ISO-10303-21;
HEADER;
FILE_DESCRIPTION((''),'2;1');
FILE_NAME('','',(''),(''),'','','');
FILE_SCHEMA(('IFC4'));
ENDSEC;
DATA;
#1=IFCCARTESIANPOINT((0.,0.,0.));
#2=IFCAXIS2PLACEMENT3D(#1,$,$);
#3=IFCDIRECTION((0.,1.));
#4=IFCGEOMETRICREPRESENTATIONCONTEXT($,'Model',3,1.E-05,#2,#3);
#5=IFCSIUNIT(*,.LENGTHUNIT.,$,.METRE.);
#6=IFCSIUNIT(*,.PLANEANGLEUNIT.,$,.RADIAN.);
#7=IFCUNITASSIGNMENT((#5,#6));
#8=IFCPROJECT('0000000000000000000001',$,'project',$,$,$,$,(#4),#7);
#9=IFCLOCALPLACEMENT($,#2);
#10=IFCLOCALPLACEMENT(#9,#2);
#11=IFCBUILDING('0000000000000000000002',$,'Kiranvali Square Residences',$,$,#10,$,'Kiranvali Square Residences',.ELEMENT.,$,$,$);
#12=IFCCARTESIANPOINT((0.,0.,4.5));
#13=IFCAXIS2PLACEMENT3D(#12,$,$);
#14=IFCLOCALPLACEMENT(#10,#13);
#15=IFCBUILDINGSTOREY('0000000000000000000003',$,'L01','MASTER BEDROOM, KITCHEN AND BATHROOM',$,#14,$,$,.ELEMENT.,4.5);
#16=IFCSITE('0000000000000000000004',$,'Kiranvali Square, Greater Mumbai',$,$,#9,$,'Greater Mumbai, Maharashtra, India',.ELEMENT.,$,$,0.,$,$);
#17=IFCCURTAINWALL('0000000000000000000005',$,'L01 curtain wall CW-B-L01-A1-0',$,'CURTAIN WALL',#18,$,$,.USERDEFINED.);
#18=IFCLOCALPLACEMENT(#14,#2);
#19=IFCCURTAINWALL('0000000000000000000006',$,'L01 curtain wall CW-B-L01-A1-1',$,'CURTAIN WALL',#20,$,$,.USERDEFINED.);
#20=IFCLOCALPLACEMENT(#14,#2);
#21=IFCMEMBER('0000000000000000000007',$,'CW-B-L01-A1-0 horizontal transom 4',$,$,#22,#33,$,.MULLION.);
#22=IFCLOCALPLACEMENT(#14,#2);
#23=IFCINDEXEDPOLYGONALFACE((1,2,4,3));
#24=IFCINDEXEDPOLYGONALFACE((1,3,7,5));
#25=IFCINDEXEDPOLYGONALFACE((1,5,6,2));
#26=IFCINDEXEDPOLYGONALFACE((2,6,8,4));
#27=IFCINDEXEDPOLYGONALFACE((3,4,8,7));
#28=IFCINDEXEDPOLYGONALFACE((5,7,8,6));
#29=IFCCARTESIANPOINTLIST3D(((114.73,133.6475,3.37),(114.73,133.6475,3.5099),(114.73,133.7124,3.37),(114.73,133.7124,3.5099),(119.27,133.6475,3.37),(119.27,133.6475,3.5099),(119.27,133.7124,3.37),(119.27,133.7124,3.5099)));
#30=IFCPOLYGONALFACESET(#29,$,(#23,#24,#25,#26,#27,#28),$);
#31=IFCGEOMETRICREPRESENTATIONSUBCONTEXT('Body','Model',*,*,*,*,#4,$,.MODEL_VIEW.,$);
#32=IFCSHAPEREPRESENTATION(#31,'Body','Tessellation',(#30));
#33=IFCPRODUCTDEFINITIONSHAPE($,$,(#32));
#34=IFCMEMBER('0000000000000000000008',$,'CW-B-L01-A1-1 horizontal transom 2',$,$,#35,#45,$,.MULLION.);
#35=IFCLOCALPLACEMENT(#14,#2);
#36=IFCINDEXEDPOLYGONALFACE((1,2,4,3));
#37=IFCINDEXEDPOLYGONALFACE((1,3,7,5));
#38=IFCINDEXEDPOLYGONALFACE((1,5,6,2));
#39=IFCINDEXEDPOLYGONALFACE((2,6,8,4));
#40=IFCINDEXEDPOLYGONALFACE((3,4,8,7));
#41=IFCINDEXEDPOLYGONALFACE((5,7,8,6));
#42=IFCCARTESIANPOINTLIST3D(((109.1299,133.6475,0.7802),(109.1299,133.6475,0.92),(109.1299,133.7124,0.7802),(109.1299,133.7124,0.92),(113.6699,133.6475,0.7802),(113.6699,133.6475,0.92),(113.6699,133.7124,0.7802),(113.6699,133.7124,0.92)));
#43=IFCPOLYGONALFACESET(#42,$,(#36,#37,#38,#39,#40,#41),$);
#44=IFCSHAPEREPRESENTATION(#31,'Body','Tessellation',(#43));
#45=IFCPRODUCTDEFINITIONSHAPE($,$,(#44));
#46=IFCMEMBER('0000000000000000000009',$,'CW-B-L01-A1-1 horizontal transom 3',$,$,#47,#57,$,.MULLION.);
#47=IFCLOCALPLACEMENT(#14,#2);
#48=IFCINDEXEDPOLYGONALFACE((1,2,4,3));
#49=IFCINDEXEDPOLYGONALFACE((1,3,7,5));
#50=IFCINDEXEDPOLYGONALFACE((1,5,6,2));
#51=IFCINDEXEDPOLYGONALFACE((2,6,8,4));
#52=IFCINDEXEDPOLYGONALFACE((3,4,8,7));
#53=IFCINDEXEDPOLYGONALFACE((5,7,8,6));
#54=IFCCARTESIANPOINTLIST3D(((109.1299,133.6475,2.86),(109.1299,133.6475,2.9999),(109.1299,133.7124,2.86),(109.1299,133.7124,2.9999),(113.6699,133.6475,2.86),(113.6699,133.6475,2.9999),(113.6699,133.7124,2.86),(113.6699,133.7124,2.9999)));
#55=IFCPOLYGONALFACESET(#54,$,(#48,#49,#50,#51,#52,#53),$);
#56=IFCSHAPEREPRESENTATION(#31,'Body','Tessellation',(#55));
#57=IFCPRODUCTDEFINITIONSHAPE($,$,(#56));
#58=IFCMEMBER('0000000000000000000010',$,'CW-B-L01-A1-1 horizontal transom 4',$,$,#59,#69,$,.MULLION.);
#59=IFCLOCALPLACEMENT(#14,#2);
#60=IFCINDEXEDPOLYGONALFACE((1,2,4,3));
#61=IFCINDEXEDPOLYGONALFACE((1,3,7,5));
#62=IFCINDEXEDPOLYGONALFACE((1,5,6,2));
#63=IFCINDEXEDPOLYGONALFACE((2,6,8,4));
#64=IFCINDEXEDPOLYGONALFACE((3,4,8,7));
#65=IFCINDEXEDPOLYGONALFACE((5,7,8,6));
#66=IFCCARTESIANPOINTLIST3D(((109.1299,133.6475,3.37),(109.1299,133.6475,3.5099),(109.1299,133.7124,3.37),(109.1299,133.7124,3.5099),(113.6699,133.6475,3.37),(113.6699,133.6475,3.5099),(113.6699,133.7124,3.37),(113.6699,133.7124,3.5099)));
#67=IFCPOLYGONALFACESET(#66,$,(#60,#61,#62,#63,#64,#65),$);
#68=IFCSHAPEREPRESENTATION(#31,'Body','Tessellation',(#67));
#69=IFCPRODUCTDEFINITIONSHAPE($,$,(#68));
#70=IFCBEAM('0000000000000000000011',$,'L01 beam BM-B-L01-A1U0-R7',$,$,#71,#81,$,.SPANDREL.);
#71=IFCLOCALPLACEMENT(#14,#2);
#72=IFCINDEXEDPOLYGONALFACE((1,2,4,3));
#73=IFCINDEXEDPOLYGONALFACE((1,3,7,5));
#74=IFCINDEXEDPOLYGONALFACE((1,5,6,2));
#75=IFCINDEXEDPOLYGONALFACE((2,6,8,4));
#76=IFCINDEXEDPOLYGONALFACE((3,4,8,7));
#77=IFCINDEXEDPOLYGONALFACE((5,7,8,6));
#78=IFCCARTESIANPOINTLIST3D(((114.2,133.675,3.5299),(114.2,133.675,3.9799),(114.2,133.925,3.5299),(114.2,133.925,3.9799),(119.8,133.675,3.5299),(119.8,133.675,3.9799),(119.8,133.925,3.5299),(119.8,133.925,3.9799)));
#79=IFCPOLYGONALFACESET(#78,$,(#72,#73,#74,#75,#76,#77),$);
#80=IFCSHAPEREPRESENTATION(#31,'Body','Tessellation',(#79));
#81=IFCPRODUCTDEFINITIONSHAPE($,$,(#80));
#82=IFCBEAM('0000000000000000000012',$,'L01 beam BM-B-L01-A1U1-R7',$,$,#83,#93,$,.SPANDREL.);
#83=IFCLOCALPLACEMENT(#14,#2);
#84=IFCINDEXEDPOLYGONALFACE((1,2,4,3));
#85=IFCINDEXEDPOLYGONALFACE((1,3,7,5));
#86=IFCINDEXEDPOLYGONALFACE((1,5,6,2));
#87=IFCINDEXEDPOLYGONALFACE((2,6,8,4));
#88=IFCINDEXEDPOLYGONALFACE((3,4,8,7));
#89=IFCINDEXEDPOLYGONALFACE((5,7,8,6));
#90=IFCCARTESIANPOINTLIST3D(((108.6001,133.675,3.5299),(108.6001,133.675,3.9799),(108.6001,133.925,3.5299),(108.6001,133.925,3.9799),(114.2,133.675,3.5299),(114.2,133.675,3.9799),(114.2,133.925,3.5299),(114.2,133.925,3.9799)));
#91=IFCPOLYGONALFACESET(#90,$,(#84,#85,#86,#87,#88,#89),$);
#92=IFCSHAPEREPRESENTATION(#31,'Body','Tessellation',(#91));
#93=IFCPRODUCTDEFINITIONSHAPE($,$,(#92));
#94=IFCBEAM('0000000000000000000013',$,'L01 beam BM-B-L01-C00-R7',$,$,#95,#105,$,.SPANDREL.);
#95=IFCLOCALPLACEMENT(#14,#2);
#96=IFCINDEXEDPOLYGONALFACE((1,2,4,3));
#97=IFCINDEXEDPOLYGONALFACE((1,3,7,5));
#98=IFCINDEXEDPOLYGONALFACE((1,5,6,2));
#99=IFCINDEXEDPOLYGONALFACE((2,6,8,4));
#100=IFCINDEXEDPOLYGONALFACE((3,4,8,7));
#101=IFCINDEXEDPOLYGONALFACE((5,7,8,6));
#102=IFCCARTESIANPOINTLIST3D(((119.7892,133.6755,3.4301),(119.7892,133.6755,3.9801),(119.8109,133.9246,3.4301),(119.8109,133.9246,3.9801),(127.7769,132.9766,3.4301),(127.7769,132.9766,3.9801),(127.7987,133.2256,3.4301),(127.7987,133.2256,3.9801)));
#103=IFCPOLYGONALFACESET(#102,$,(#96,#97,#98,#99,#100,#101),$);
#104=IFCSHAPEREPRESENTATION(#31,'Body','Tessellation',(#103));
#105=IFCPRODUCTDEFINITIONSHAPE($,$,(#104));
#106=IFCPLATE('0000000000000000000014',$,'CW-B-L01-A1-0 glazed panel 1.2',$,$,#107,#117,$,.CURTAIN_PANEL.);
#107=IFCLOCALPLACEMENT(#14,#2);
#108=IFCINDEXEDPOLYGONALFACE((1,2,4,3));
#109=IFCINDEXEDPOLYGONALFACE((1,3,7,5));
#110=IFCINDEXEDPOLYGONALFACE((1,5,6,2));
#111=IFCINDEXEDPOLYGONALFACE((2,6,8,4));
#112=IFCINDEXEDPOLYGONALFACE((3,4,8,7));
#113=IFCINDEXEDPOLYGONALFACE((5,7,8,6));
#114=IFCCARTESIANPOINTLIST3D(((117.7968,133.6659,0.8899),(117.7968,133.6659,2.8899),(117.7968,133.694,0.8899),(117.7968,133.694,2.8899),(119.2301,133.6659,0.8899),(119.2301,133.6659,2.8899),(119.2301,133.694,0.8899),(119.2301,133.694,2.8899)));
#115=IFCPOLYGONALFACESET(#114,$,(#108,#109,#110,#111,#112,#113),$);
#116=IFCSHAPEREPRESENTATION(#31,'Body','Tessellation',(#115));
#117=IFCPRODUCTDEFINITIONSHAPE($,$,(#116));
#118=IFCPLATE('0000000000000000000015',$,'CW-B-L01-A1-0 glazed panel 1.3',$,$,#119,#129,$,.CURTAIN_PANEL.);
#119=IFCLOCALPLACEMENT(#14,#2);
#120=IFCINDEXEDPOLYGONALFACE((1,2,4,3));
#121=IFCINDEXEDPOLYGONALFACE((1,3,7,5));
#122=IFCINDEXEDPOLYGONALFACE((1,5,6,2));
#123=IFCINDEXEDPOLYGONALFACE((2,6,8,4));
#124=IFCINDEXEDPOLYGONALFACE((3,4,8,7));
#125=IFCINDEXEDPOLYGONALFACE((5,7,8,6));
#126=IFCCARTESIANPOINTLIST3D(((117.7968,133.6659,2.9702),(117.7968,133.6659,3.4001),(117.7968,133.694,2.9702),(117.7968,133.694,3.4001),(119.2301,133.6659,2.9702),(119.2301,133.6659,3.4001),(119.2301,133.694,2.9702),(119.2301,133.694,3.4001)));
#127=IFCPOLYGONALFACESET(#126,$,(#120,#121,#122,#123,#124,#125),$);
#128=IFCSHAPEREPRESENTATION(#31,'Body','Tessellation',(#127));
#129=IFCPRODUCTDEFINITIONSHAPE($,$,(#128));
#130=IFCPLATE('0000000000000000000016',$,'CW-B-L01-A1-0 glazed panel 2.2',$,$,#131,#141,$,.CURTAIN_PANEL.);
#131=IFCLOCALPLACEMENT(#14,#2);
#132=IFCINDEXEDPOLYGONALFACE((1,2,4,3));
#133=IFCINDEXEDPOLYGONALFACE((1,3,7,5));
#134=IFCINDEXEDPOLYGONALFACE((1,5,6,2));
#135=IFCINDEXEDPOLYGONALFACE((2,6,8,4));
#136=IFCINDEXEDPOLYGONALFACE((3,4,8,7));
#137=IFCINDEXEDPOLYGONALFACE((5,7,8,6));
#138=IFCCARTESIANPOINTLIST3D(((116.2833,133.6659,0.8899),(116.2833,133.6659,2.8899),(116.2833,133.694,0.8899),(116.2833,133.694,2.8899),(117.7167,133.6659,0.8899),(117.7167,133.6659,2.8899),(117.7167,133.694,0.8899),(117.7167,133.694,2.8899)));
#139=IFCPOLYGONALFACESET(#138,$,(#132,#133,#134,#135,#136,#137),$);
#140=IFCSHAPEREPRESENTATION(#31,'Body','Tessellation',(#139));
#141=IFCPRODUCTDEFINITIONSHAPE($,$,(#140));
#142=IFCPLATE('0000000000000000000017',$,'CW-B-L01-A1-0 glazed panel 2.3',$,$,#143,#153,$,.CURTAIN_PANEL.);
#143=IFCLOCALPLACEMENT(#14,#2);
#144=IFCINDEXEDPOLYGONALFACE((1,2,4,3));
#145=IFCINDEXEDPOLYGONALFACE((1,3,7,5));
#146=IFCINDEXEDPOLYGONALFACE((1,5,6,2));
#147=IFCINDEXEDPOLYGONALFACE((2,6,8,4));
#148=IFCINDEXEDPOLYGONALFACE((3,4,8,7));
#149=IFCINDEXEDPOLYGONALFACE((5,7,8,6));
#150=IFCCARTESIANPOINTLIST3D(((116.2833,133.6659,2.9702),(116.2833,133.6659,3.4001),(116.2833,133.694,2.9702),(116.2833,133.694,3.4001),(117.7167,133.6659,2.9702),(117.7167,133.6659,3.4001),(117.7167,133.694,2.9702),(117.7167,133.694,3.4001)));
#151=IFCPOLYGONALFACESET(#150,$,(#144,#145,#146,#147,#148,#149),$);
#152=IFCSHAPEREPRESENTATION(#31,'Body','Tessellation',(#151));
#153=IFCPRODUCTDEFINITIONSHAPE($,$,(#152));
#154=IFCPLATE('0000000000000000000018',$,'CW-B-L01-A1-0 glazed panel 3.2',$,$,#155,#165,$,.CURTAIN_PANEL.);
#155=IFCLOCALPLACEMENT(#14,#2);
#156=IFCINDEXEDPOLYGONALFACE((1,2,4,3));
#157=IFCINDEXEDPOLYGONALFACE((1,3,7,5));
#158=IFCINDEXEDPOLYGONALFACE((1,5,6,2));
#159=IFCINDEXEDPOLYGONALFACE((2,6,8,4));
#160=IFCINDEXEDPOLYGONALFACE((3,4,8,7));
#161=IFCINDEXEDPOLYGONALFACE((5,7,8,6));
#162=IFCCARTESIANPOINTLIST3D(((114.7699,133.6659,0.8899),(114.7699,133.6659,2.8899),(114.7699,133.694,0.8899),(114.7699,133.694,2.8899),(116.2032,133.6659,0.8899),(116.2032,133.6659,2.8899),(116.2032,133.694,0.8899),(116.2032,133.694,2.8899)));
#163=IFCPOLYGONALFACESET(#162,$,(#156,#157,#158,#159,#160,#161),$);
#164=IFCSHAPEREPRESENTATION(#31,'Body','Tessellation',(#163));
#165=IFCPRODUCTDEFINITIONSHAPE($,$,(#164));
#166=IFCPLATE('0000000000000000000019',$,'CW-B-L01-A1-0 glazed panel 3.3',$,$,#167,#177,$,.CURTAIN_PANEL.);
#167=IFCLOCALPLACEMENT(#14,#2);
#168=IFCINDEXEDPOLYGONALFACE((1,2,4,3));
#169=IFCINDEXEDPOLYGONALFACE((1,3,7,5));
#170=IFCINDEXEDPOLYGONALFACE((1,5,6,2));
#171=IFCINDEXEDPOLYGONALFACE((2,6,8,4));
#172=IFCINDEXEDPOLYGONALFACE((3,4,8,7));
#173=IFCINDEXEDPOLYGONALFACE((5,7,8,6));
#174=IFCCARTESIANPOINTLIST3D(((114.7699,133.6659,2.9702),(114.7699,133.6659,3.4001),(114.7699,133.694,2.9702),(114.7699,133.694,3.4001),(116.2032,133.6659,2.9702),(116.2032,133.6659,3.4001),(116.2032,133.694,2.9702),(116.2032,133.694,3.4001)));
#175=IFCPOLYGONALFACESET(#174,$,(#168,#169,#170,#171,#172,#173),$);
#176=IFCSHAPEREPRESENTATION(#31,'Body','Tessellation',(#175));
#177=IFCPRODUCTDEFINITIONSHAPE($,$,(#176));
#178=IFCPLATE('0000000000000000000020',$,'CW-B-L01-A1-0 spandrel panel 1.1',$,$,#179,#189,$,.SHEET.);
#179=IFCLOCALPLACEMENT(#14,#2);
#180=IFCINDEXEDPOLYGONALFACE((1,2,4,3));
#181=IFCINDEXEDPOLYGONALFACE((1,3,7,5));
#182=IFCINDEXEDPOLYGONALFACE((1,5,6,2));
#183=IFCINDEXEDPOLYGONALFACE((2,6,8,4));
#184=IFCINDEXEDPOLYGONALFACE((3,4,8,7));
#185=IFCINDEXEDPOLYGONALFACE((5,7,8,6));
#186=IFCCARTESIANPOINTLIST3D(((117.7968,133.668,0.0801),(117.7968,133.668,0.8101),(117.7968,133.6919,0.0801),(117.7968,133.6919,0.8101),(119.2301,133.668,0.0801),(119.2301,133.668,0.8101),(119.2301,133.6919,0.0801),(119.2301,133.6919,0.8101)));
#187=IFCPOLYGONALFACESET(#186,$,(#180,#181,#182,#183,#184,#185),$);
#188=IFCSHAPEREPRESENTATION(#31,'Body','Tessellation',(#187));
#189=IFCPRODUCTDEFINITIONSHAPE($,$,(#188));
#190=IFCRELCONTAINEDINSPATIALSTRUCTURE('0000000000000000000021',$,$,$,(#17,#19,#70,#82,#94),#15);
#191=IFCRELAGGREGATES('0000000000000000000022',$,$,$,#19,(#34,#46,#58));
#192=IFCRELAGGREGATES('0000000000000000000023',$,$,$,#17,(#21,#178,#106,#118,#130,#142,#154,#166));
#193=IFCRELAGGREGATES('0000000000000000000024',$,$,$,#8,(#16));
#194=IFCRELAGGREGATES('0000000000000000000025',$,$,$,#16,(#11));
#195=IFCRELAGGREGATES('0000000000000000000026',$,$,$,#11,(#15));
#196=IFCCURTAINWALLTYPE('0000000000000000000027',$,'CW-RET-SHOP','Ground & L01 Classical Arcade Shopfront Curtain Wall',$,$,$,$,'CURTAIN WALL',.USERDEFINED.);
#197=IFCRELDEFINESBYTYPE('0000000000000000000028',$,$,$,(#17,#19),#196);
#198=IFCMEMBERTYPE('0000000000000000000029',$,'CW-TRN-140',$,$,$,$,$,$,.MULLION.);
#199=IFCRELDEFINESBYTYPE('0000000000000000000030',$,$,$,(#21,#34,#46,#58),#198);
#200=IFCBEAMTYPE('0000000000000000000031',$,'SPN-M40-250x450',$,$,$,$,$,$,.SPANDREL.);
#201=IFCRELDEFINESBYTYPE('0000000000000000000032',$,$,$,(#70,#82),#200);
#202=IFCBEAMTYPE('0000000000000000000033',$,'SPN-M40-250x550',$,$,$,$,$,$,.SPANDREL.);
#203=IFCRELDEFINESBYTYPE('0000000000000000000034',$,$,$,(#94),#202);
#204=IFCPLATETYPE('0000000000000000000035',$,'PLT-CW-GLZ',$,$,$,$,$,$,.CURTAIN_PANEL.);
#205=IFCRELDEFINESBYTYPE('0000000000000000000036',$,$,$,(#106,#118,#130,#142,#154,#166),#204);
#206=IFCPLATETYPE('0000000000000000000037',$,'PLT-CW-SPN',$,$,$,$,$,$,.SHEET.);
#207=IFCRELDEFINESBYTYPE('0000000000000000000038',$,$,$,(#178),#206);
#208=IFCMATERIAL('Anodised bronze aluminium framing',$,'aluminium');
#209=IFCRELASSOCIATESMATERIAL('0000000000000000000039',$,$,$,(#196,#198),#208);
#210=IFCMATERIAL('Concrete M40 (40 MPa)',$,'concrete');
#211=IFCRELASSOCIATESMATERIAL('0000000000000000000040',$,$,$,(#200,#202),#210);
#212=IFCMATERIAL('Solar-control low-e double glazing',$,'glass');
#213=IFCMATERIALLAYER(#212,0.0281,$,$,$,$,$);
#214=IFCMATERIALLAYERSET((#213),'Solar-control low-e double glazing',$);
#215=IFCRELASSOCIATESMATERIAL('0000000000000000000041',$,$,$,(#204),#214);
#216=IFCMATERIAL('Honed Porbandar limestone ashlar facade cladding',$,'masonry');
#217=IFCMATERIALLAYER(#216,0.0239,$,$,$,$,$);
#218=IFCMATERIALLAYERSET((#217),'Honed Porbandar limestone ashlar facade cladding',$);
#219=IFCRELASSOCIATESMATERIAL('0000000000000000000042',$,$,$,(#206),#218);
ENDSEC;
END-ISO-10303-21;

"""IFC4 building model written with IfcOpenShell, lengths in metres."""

from ifc_helpers import new_model, si_unit, direction, frame, origin, origin_2d, place, context, subcontext, project, spatial, rectangle, extrude, material, layer, layer_set, material_profile, profile_set, type_object, element, aggregate, save


model = new_model("IFC4")

# Units and contexts
model_context = context("Model", 3, precision=1e-05, world=origin(), true_north=direction((0.0, 1.0)))
body_context = subcontext(model_context, "Body", "Model", "MODEL_VIEW")
ifc_project = project(units=[si_unit("LENGTHUNIT", "METRE"), si_unit("PLANEANGLEUNIT", "RADIAN")], contexts=[model_context])

# Site, building, storey
site_placement = place(None, origin())
site = spatial("IfcSite", under=ifc_project, at=site_placement, Name="Kiranvali Square, Greater Mumbai", LongName="Greater Mumbai, Maharashtra, India", CompositionType="ELEMENT", RefElevation=0.0)
building_placement = place(site_placement, origin())
building = spatial("IfcBuilding", under=site, at=building_placement, Name="Kiranvali Square Residences", LongName="Kiranvali Square Residences", CompositionType="ELEMENT")
storey_placement = place(building_placement, frame((0.0, 0.0, 4.5)))
storey = spatial("IfcBuildingStorey", under=building, at=storey_placement, Name="L01", Description="MASTER BEDROOM, KITCHEN AND BATHROOM", CompositionType="ELEMENT", Elevation=4.5)

# Shared definitions
ifc_material_1 = material(Name="Concrete M40 (40 MPa)", Category="concrete")

# Curtain wall
ifc_material_2 = material(Name="Anodised bronze aluminium framing", Category="aluminium")
curtain_wall_type = type_object("IfcCurtainWallType", Name="CW-RET-SHOP", Description="Ground & L01 Classical Arcade Shopfront Curtain Wall", ElementType="CURTAIN WALL", PredefinedType="USERDEFINED", material=ifc_material_2)
curtain_wall_1_placement = place(storey_placement, origin())
curtain_wall_1 = element("IfcCurtainWall", 1, at=curtain_wall_1_placement, inside=storey, type_object=curtain_wall_type, Name="L01 curtain wall CW-B-L01-A1-0", ObjectType="CURTAIN WALL", PredefinedType="USERDEFINED")

# Curtain wall
curtain_wall_2_placement = place(storey_placement, origin())
curtain_wall_2 = element("IfcCurtainWall", 2, at=curtain_wall_2_placement, inside=storey, type_object=curtain_wall_type, Name="L01 curtain wall CW-B-L01-A1-1", ObjectType="CURTAIN WALL", PredefinedType="USERDEFINED")

# Members
ifc_material_profile_1 = material_profile(ifc_material_2, rectangle(XDim=0.0649, YDim=0.1399, at=origin_2d()), Name="ALU 65x140")
ifc_profile_set_1 = profile_set([ifc_material_profile_1], Name="Anodised bronze aluminium framing")
member_type_1 = type_object("IfcMemberType", Name="CW-TRN-140", PredefinedType="MULLION", material=ifc_profile_set_1)
member_1_placement = place(storey_placement, frame((119.27, 133.6799, 3.4399), z_axis=(-1.0, 0.0, 0.0), x_axis=(0.0, -1.0, 0.0)))
member_1 = element("IfcMember", 3, at=member_1_placement, type_object=member_type_1, Name="CW-B-L01-A1-0 horizontal transom 4", PredefinedType="MULLION", context=body_context, shape_type="SweptSolid", body=[
    extrude(rectangle(XDim=0.0649, YDim=0.1399, at=origin_2d()), origin(), (0.0, 0.0, 1.0), 4.54),
])
member_2_placement = place(storey_placement, frame((113.6699, 133.6799, 0.8501), z_axis=(-1.0, 0.0, 0.0), x_axis=(0.0, -1.0, 0.0)))
member_2 = element("IfcMember", 4, at=member_2_placement, type_object=member_type_1, Name="CW-B-L01-A1-1 horizontal transom 2", PredefinedType="MULLION", context=body_context, shape_type="SweptSolid", body=[
    extrude(rectangle(XDim=0.0649, YDim=0.1399, at=origin_2d()), origin(), (0.0, 0.0, 1.0), 4.54),
])
member_3_placement = place(storey_placement, frame((113.6699, 133.6799, 2.9299), z_axis=(-1.0, 0.0, 0.0), x_axis=(0.0, -1.0, 0.0)))
member_3 = element("IfcMember", 5, at=member_3_placement, type_object=member_type_1, Name="CW-B-L01-A1-1 horizontal transom 3", PredefinedType="MULLION", context=body_context, shape_type="SweptSolid", body=[
    extrude(rectangle(XDim=0.0649, YDim=0.1399, at=origin_2d()), origin(), (0.0, 0.0, 1.0), 4.54),
])
member_4_placement = place(storey_placement, frame((113.6699, 133.6799, 3.4399), z_axis=(-1.0, 0.0, 0.0), x_axis=(0.0, -1.0, 0.0)))
member_4 = element("IfcMember", 6, at=member_4_placement, type_object=member_type_1, Name="CW-B-L01-A1-1 horizontal transom 4", PredefinedType="MULLION", context=body_context, shape_type="SweptSolid", body=[
    extrude(rectangle(XDim=0.0649, YDim=0.1399, at=origin_2d()), origin(), (0.0, 0.0, 1.0), 4.54),
])
aggregate(curtain_wall_2, [member_2, member_3, member_4])

# Beams
ifc_material_profile_2 = material_profile(ifc_material_1, rectangle(XDim=0.25, YDim=0.45, at=origin_2d()), Name="RC 250x450")
ifc_profile_set_2 = profile_set([ifc_material_profile_2], Name="Concrete M40 (40 MPa)")
beam_type_1 = type_object("IfcBeamType", Name="SPN-M40-250x450", PredefinedType="SPANDREL", material=ifc_profile_set_2)
beam_1_placement = place(storey_placement, frame((119.8, 133.8, 3.7549), z_axis=(-1.0, 0.0, 0.0), x_axis=(0.0, -1.0, 0.0)))
element("IfcBeam", 7, at=beam_1_placement, inside=storey, type_object=beam_type_1, Name="L01 beam BM-B-L01-A1U0-R7", PredefinedType="SPANDREL", context=body_context, shape_type="SweptSolid", body=[
    extrude(rectangle(XDim=0.25, YDim=0.45, at=origin_2d()), origin(), (0.0, 0.0, 1.0), 5.6001),
])
beam_2_placement = place(storey_placement, frame((114.2, 133.8, 3.7549), z_axis=(-1.0, 0.0, 0.0), x_axis=(0.0, -1.0, 0.0)))
element("IfcBeam", 8, at=beam_2_placement, inside=storey, type_object=beam_type_1, Name="L01 beam BM-B-L01-A1U1-R7", PredefinedType="SPANDREL", context=body_context, shape_type="SweptSolid", body=[
    extrude(rectangle(XDim=0.25, YDim=0.45, at=origin_2d()), origin(), (0.0, 0.0, 1.0), 5.5999),
])
ifc_material_profile_3 = material_profile(ifc_material_1, rectangle(XDim=0.25, YDim=0.55, at=origin_2d()), Name="RC 250x550")
ifc_profile_set_3 = profile_set([ifc_material_profile_3], Name="Concrete M40 (40 MPa)")
beam_type_2 = type_object("IfcBeamType", Name="SPN-M40-250x550", PredefinedType="SPANDREL", material=ifc_profile_set_3)
beam_3_placement = place(storey_placement, frame((119.8, 133.8, 3.7051), z_axis=(0.996193, -0.087172, 0.0), x_axis=(0.087172, 0.996193, 0.0)))
element("IfcBeam", 9, at=beam_3_placement, inside=storey, type_object=beam_type_2, Name="L01 beam BM-B-L01-C00-R7", PredefinedType="SPANDREL", context=body_context, shape_type="SweptSolid", body=[
    extrude(rectangle(XDim=0.25, YDim=0.55, at=origin_2d()), origin(), (0.0, 0.0, 1.0), 8.0183),
])

# Plates
ifc_material_3 = material(Name="Solar-control low-e double glazing", Category="glass")
ifc_layer_1 = layer(ifc_material_3, 0.0281)
ifc_layer_set_1 = layer_set([ifc_layer_1], Name="Solar-control low-e double glazing")
plate_type_1 = type_object("IfcPlateType", Name="PLT-CW-GLZ", PredefinedType="CURTAIN_PANEL", material=ifc_layer_set_1)
plate_1_placement = place(storey_placement, frame((118.5134, 133.6799, 0.8899), z_axis=(0.0, 0.0, 1.0), x_axis=(-1.0, 0.0, 0.0)))
plate_1 = element("IfcPlate", 10, at=plate_1_placement, type_object=plate_type_1, Name="CW-B-L01-A1-0 glazed panel 1.2", PredefinedType="CURTAIN_PANEL", context=body_context, shape_type="SweptSolid", body=[
    extrude(rectangle(XDim=1.4333, YDim=0.0281, at=origin_2d()), origin(), (0.0, 0.0, 1.0), 2.0),
])
plate_2_placement = place(storey_placement, frame((118.5134, 133.6799, 2.9702), z_axis=(0.0, 0.0, 1.0), x_axis=(-1.0, 0.0, 0.0)))
plate_2 = element("IfcPlate", 11, at=plate_2_placement, type_object=plate_type_1, Name="CW-B-L01-A1-0 glazed panel 1.3", PredefinedType="CURTAIN_PANEL", context=body_context, shape_type="SweptSolid", body=[
    extrude(rectangle(XDim=1.4333, YDim=0.0281, at=origin_2d()), origin(), (0.0, 0.0, 1.0), 0.4299),
])
plate_3_placement = place(storey_placement, frame((117.0, 133.6799, 0.8899), z_axis=(0.0, 0.0, 1.0), x_axis=(-1.0, 0.0, 0.0)))
plate_3 = element("IfcPlate", 12, at=plate_3_placement, type_object=plate_type_1, Name="CW-B-L01-A1-0 glazed panel 2.2", PredefinedType="CURTAIN_PANEL", context=body_context, shape_type="SweptSolid", body=[
    extrude(rectangle(XDim=1.4333, YDim=0.0281, at=origin_2d()), origin(), (0.0, 0.0, 1.0), 2.0),
])
plate_4_placement = place(storey_placement, frame((117.0, 133.6799, 2.9702), z_axis=(0.0, 0.0, 1.0), x_axis=(-1.0, 0.0, 0.0)))
plate_4 = element("IfcPlate", 13, at=plate_4_placement, type_object=plate_type_1, Name="CW-B-L01-A1-0 glazed panel 2.3", PredefinedType="CURTAIN_PANEL", context=body_context, shape_type="SweptSolid", body=[
    extrude(rectangle(XDim=1.4333, YDim=0.0281, at=origin_2d()), origin(), (0.0, 0.0, 1.0), 0.4299),
])
plate_5_placement = place(storey_placement, frame((115.4866, 133.6799, 0.8899), z_axis=(0.0, 0.0, 1.0), x_axis=(-1.0, 0.0, 0.0)))
plate_5 = element("IfcPlate", 14, at=plate_5_placement, type_object=plate_type_1, Name="CW-B-L01-A1-0 glazed panel 3.2", PredefinedType="CURTAIN_PANEL", context=body_context, shape_type="SweptSolid", body=[
    extrude(rectangle(XDim=1.4333, YDim=0.0281, at=origin_2d()), origin(), (0.0, 0.0, 1.0), 2.0),
])
plate_6_placement = place(storey_placement, frame((115.4866, 133.6799, 2.9702), z_axis=(0.0, 0.0, 1.0), x_axis=(-1.0, 0.0, 0.0)))
plate_6 = element("IfcPlate", 15, at=plate_6_placement, type_object=plate_type_1, Name="CW-B-L01-A1-0 glazed panel 3.3", PredefinedType="CURTAIN_PANEL", context=body_context, shape_type="SweptSolid", body=[
    extrude(rectangle(XDim=1.4333, YDim=0.0281, at=origin_2d()), origin(), (0.0, 0.0, 1.0), 0.4299),
])
ifc_material_4 = material(Name="Honed Porbandar limestone ashlar facade cladding", Category="masonry")
ifc_layer_2 = layer(ifc_material_4, 0.0239)
ifc_layer_set_2 = layer_set([ifc_layer_2], Name="Honed Porbandar limestone ashlar facade cladding")
plate_type_2 = type_object("IfcPlateType", Name="PLT-CW-SPN", PredefinedType="SHEET", material=ifc_layer_set_2)
plate_7_placement = place(storey_placement, frame((118.5134, 133.6799, 0.0801), z_axis=(0.0, 0.0, 1.0), x_axis=(-1.0, 0.0, 0.0)))
plate_7 = element("IfcPlate", 16, at=plate_7_placement, type_object=plate_type_2, Name="CW-B-L01-A1-0 spandrel panel 1.1", PredefinedType="SHEET", context=body_context, shape_type="SweptSolid", body=[
    extrude(rectangle(XDim=1.4333, YDim=0.0239, at=origin_2d()), origin(), (0.0, 0.0, 1.0), 0.73),
])
aggregate(curtain_wall_1, [member_1, plate_7, plate_1, plate_2, plate_3, plate_4, plate_5, plate_6])

save(model, "model.ifc")
